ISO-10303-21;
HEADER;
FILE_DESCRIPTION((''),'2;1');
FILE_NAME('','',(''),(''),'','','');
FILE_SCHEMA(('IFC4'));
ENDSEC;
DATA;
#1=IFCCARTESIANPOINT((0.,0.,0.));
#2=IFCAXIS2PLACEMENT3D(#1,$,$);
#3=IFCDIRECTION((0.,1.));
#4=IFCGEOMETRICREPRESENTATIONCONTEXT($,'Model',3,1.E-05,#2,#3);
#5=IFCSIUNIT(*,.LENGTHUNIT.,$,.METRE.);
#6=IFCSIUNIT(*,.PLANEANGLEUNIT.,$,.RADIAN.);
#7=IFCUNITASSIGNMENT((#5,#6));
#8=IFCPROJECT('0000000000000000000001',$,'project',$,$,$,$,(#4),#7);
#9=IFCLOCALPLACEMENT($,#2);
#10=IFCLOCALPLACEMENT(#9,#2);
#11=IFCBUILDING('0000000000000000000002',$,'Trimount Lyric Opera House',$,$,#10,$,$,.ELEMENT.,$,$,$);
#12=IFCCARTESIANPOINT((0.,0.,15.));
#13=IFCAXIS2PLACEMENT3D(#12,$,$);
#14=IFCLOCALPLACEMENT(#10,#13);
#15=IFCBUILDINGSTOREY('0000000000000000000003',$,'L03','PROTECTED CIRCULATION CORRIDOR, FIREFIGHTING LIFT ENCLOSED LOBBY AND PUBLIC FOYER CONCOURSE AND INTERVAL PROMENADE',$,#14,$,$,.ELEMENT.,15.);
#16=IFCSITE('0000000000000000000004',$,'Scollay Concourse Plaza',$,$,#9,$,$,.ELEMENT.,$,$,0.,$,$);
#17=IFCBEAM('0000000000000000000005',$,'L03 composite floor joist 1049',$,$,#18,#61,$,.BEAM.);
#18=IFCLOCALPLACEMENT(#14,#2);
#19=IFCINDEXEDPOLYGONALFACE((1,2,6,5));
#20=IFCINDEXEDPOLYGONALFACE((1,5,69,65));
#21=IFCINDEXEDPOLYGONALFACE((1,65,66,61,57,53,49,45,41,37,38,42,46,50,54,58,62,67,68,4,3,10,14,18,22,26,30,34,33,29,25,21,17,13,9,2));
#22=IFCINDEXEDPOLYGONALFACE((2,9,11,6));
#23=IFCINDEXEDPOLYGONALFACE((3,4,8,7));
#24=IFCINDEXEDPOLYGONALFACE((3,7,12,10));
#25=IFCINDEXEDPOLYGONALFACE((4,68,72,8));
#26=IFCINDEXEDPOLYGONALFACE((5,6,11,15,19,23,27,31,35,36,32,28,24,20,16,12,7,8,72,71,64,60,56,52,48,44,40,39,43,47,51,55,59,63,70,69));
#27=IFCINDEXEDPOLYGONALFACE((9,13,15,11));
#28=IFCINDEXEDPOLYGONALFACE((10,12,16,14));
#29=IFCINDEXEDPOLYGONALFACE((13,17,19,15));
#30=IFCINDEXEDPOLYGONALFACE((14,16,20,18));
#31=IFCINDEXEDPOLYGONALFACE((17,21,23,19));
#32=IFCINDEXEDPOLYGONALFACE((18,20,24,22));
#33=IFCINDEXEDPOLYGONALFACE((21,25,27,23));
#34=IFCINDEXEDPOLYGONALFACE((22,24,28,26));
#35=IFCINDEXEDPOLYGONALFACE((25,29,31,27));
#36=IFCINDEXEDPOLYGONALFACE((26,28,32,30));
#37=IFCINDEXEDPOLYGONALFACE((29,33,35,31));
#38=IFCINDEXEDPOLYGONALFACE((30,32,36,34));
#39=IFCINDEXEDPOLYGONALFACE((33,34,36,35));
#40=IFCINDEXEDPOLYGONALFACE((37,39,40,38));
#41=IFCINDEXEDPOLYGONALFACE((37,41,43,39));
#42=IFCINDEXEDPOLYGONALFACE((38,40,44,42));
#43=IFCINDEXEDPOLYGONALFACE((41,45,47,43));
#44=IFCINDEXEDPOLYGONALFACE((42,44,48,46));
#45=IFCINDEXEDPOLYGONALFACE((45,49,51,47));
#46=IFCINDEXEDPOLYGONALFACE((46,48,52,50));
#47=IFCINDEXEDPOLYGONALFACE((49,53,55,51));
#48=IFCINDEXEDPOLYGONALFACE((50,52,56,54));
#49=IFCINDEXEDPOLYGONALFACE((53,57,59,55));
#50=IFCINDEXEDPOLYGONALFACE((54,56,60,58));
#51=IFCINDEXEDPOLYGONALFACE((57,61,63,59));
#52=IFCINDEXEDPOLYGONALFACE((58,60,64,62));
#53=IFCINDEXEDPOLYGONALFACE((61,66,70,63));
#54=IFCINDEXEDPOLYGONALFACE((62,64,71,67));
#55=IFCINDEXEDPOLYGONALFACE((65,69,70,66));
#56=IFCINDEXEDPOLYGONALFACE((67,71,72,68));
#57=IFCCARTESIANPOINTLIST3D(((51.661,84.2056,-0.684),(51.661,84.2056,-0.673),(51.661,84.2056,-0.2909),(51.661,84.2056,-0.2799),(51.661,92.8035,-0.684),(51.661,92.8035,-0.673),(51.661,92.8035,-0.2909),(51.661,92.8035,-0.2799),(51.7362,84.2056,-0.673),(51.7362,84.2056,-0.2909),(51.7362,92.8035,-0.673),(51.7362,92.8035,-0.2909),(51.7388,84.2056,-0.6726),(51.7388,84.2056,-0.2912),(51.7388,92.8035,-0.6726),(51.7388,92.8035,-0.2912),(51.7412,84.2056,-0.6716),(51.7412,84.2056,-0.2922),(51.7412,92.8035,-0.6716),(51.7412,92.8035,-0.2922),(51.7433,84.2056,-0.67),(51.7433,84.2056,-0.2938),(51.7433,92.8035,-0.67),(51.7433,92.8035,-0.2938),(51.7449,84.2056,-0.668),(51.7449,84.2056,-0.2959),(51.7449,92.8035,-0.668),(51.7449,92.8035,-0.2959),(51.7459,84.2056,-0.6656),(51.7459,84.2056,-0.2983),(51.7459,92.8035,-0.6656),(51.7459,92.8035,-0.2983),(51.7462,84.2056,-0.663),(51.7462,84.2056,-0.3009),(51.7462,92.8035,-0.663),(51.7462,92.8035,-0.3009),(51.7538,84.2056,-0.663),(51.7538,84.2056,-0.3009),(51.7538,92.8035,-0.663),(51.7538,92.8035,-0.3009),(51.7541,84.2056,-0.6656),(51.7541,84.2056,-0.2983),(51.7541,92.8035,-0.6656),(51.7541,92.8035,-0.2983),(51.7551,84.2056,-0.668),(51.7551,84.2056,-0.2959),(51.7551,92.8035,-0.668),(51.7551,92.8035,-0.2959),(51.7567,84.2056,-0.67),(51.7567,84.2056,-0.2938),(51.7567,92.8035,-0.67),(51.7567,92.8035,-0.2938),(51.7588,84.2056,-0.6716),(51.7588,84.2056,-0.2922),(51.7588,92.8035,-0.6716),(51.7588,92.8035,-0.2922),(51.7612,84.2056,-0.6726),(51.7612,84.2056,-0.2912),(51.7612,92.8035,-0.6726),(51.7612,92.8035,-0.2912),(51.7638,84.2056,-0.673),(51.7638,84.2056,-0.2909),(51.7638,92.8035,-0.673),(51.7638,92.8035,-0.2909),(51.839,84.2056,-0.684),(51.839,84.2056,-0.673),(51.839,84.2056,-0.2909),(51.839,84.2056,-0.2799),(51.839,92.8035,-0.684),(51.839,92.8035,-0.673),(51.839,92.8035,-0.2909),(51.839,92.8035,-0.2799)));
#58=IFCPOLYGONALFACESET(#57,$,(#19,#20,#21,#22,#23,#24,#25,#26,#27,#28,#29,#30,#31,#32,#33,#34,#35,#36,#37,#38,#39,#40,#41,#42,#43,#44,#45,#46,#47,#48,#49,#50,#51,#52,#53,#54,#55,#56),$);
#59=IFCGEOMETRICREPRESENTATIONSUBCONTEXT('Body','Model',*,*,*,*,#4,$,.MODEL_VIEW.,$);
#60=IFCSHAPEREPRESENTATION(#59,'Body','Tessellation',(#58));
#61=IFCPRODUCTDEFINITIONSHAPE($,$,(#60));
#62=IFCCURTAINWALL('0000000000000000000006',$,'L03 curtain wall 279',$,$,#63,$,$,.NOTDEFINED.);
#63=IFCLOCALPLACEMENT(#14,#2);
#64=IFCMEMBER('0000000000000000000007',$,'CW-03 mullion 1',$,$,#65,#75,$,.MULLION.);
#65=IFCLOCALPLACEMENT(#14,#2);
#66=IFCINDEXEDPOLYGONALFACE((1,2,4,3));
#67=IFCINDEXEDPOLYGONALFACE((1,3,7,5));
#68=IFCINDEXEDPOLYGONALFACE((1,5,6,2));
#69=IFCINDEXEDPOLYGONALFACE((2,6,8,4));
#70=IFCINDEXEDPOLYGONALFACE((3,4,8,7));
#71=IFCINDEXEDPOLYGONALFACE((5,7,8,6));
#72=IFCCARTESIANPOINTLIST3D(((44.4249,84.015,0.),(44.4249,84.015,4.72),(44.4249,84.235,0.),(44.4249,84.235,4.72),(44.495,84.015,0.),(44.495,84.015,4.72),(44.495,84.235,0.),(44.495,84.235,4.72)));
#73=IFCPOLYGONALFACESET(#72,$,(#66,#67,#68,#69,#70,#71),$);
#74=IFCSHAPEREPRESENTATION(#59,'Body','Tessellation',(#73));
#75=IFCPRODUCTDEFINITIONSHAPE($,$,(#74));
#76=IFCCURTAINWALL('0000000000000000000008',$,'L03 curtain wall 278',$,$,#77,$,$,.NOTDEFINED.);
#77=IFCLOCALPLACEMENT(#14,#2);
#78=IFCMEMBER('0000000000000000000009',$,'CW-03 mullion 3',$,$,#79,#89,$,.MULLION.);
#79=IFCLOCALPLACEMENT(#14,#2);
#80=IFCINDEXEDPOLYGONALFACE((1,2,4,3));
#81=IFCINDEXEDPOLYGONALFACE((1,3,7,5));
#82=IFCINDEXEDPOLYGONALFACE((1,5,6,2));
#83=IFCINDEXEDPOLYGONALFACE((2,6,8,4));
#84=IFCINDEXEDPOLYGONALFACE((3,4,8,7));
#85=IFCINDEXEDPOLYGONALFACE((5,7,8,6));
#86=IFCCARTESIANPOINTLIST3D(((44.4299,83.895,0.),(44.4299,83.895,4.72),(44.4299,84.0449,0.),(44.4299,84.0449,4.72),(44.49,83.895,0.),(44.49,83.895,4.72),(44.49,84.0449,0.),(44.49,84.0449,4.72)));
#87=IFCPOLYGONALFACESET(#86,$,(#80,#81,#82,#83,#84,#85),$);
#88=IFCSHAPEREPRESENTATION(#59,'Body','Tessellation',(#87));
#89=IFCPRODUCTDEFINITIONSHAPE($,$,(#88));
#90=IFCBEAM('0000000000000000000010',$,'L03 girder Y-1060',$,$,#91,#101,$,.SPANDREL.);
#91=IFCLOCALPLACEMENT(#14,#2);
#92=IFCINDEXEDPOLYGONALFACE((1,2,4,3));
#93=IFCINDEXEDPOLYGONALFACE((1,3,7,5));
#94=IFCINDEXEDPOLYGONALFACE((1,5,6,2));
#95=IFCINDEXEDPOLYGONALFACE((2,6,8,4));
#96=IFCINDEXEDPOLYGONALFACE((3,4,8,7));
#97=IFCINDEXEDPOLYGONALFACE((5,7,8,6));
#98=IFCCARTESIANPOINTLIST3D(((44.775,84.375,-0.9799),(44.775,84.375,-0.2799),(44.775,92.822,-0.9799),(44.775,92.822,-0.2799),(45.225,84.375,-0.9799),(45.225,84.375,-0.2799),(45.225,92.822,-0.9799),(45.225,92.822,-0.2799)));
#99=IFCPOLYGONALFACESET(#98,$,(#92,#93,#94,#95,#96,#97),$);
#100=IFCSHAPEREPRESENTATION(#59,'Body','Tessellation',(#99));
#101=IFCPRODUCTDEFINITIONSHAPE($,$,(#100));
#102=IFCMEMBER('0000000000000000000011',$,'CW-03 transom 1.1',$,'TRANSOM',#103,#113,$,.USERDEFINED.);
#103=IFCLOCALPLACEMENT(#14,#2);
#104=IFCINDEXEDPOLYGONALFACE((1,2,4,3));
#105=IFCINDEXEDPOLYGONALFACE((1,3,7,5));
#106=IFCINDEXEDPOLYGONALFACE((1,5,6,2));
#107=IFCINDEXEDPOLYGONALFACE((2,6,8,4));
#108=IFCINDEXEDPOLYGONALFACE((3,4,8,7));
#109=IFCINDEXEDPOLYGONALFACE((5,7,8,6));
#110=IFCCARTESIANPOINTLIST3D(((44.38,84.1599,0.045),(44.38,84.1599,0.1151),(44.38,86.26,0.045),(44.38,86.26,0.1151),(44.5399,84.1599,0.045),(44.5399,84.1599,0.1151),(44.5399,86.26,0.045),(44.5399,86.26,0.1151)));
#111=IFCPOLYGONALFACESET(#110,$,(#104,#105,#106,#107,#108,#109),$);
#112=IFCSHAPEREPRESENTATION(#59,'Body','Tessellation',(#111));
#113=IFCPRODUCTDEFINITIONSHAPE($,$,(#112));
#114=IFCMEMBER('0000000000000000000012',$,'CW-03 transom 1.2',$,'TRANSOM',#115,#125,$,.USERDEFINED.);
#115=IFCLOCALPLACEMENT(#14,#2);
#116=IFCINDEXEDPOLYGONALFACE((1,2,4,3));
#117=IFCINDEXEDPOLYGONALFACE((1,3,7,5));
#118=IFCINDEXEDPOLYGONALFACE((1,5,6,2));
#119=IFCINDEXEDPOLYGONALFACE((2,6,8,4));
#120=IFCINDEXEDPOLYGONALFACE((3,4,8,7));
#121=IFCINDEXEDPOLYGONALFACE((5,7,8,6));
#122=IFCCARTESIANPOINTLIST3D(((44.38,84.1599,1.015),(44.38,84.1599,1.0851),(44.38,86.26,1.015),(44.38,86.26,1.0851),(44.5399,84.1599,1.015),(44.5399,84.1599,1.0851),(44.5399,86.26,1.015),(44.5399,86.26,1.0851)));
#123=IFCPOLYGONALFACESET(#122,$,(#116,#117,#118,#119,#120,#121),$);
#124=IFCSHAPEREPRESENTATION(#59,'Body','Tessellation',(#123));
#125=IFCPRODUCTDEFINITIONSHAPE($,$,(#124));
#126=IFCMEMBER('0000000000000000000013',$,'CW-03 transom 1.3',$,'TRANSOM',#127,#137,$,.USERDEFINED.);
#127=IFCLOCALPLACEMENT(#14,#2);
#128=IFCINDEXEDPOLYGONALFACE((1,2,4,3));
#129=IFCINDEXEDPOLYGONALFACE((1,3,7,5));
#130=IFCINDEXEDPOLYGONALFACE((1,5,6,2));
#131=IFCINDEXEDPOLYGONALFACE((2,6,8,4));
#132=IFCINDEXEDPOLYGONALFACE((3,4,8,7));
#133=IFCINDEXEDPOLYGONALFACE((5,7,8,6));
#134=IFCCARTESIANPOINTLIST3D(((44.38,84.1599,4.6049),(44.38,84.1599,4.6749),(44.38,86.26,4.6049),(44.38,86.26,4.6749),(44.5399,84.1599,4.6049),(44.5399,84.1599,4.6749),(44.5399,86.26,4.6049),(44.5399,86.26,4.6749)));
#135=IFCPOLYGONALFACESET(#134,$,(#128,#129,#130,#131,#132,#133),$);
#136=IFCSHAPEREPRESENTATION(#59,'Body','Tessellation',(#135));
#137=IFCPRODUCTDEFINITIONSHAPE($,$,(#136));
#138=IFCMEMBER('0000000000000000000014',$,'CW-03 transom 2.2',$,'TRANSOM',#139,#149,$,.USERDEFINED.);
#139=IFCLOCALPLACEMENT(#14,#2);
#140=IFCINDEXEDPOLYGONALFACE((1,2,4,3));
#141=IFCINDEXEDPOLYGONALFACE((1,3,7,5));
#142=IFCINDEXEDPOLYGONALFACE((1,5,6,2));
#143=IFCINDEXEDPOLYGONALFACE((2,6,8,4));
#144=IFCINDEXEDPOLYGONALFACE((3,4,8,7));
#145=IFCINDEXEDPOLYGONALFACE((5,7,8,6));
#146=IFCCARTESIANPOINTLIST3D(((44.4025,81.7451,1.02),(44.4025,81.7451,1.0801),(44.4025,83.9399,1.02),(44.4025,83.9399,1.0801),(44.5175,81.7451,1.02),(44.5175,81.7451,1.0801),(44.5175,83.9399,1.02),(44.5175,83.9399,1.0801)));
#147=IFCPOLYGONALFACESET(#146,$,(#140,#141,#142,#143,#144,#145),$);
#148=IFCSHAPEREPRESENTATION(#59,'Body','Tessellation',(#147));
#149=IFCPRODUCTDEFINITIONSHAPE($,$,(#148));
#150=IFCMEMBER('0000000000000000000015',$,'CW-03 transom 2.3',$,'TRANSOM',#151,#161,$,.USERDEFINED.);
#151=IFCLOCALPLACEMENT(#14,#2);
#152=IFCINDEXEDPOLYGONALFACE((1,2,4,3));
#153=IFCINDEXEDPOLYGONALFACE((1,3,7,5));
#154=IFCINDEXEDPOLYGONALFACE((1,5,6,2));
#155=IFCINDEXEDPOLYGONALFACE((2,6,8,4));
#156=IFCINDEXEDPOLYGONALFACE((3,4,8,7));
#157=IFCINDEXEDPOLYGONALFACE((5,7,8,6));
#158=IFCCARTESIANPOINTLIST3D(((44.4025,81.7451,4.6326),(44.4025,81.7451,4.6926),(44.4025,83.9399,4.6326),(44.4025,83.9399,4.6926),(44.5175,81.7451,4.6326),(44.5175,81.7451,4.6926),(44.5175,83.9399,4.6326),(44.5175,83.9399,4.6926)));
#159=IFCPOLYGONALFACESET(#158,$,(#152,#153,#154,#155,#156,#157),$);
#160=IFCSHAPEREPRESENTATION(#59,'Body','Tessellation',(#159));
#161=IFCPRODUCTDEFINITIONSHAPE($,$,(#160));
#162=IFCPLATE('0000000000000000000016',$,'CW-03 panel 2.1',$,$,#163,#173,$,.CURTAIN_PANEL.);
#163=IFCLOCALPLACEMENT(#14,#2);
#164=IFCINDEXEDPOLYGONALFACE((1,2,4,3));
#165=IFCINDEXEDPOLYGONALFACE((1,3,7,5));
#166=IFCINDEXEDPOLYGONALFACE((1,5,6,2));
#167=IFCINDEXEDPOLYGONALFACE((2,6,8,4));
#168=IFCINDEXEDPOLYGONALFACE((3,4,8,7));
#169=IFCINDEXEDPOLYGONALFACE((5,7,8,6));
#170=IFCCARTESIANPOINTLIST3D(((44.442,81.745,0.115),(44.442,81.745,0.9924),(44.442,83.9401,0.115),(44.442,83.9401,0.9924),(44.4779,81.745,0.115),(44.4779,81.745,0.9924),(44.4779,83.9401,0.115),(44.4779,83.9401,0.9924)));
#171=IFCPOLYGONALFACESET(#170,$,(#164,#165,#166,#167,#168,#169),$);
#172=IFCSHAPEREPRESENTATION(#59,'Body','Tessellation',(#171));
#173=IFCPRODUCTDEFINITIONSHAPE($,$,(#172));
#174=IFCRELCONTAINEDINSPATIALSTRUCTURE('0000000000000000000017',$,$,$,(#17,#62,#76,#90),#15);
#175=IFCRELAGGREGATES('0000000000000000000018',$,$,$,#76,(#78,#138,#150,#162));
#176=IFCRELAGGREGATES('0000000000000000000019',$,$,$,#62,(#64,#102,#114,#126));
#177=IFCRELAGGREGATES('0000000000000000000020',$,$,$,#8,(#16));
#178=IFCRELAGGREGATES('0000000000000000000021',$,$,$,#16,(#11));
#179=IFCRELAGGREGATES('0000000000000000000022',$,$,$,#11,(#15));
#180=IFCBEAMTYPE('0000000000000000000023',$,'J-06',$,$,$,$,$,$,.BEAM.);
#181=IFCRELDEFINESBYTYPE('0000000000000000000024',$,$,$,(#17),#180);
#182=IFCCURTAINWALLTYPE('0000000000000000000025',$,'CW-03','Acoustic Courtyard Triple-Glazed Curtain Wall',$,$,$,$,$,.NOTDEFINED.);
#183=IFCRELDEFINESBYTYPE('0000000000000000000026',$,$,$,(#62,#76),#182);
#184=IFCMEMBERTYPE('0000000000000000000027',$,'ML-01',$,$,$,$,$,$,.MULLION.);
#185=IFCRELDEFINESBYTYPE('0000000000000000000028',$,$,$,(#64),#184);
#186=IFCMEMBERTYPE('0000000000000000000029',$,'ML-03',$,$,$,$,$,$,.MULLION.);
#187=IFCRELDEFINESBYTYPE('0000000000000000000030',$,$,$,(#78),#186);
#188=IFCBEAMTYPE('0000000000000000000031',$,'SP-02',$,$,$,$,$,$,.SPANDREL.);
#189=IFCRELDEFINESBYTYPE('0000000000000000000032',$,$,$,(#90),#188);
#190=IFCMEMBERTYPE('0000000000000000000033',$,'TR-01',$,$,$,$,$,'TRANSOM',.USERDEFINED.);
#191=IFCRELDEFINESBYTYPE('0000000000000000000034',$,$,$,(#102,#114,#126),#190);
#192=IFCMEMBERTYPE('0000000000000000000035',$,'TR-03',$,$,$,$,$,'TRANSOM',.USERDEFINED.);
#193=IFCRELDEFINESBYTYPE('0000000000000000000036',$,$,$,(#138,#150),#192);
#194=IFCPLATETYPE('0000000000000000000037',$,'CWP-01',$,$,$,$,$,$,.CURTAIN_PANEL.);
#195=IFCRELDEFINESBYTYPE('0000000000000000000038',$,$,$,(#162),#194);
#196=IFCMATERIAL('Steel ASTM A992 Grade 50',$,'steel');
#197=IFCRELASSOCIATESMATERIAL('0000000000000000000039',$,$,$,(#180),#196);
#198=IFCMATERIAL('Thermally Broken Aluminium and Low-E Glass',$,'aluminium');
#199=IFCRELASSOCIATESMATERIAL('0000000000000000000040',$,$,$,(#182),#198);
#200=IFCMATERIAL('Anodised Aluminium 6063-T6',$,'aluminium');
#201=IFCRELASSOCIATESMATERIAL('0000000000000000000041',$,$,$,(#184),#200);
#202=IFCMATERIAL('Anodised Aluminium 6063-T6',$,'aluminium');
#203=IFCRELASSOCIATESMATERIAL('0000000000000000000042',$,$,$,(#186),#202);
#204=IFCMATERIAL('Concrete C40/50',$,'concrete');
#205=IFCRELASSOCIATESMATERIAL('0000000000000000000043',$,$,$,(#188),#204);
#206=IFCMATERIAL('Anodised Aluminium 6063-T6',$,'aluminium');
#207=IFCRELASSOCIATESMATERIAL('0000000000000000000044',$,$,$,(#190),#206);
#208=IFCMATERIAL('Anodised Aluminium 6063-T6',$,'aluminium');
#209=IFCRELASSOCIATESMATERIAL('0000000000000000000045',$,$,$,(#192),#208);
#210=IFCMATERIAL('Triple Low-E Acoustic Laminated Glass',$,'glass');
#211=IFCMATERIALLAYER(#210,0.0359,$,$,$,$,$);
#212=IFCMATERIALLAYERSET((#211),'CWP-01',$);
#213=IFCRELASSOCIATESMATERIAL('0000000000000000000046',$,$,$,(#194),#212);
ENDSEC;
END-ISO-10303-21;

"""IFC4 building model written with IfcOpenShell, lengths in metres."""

from ifc_helpers import new_model, si_unit, direction, frame, origin, origin_2d, place, context, subcontext, project, spatial, rectangle, i_section, extrude, material, layer, layer_set, material_profile, profile_set, type_object, element, aggregate, save


model = new_model("IFC4")

# Units and contexts
model_context = context("Model", 3, precision=1e-05, world=origin(), true_north=direction((0.0, 1.0)))
body_context = subcontext(model_context, "Body", "Model", "MODEL_VIEW")
ifc_project = project(units=[si_unit("LENGTHUNIT", "METRE"), si_unit("PLANEANGLEUNIT", "RADIAN")], contexts=[model_context])

# Site, building, storey
site_placement = place(None, origin())
site = spatial("IfcSite", under=ifc_project, at=site_placement, Name="Scollay Concourse Plaza", CompositionType="ELEMENT", RefElevation=0.0)
building_placement = place(site_placement, origin())
building = spatial("IfcBuilding", under=site, at=building_placement, Name="Trimount Lyric Opera House", CompositionType="ELEMENT")
storey_placement = place(building_placement, frame((0.0, 0.0, 15.0)))
storey = spatial("IfcBuildingStorey", under=building, at=storey_placement, Name="L03", Description="PROTECTED CIRCULATION CORRIDOR, FIREFIGHTING LIFT ENCLOSED LOBBY AND PUBLIC FOYER CONCOURSE AND INTERVAL PROMENADE", CompositionType="ELEMENT", Elevation=15.0)

# Beam
ifc_material_1 = material(Name="Steel ASTM A992 Grade 50", Category="steel")
ifc_material_profile_1 = material_profile(ifc_material_1, i_section(OverallWidth=0.178, OverallDepth=0.4041, WebThickness=0.0076, FlangeThickness=0.011, FilletRadius=0.01, at=origin_2d()), Name="W16X36")
ifc_profile_set_1 = profile_set([ifc_material_profile_1], Name="Steel ASTM A992 Grade 50")
beam_type_1 = type_object("IfcBeamType", Name="J-06", PredefinedType="BEAM", material=ifc_profile_set_1)
beam_1_placement = place(storey_placement, frame((51.75, 84.2056, -0.4819), z_axis=(0.0, 1.0, 0.0), x_axis=(-1.0, 0.0, 0.0)))
element("IfcBeam", 1, at=beam_1_placement, inside=storey, type_object=beam_type_1, Name="L03 composite floor joist 1049", PredefinedType="BEAM", context=body_context, shape_type="SweptSolid", body=[
    extrude(i_section(OverallWidth=0.178, OverallDepth=0.4041, WebThickness=0.0076, FlangeThickness=0.011, FilletRadius=0.01, at=origin_2d()), origin(), (0.0, 0.0, 1.0), 8.5979),
])

# Curtain walls, members
ifc_material_2 = material(Name="Thermally Broken Aluminium and Low-E Glass", Category="aluminium")
curtain_wall_type = type_object("IfcCurtainWallType", Name="CW-03", Description="Acoustic Courtyard Triple-Glazed Curtain Wall", PredefinedType="NOTDEFINED", material=ifc_material_2)
curtain_wall_1_placement = place(storey_placement, origin())
curtain_wall_1 = element("IfcCurtainWall", 2, at=curtain_wall_1_placement, inside=storey, type_object=curtain_wall_type, Name="L03 curtain wall 279", PredefinedType="NOTDEFINED")
ifc_material_3 = material(Name="Anodised Aluminium 6063-T6", Category="aluminium")
ifc_material_profile_2 = material_profile(ifc_material_3, rectangle(XDim=0.0701, YDim=0.22, at=origin_2d()), Name="ALU-MULL-70X220")
ifc_profile_set_2 = profile_set([ifc_material_profile_2], Name="Anodised Aluminium 6063-T6")
member_type_1 = type_object("IfcMemberType", Name="ML-01", PredefinedType="MULLION", material=ifc_profile_set_2)
member_1_placement = place(storey_placement, frame((44.46, 84.125, 0.0), z_axis=(0.0, 0.0, 1.0), x_axis=(-1.0, 0.0, 0.0)))
member_1 = element("IfcMember", 3, at=member_1_placement, type_object=member_type_1, Name="CW-03 mullion 1", PredefinedType="MULLION", context=body_context, shape_type="SweptSolid", body=[
    extrude(rectangle(XDim=0.0701, YDim=0.22, at=origin_2d()), origin(), (0.0, 0.0, 1.0), 4.72),
])
curtain_wall_2_placement = place(storey_placement, origin())
curtain_wall_2 = element("IfcCurtainWall", 4, at=curtain_wall_2_placement, inside=storey, type_object=curtain_wall_type, Name="L03 curtain wall 278", PredefinedType="NOTDEFINED")
ifc_material_4 = material(Name="Anodised Aluminium 6063-T6", Category="aluminium")
ifc_material_profile_3 = material_profile(ifc_material_4, rectangle(XDim=0.0601, YDim=0.1499, at=origin_2d()), Name="ALU-MULL-60X150")
ifc_profile_set_3 = profile_set([ifc_material_profile_3], Name="Anodised Aluminium 6063-T6")
member_type_2 = type_object("IfcMemberType", Name="ML-03", PredefinedType="MULLION", material=ifc_profile_set_3)
member_2_placement = place(storey_placement, frame((44.46, 83.97, 0.0), z_axis=(0.0, 0.0, 1.0), x_axis=(-1.0, 0.0, 0.0)))
member_2 = element("IfcMember", 5, at=member_2_placement, type_object=member_type_2, Name="CW-03 mullion 3", PredefinedType="MULLION", context=body_context, shape_type="SweptSolid", body=[
    extrude(rectangle(XDim=0.0601, YDim=0.1499, at=origin_2d()), origin(), (0.0, 0.0, 1.0), 4.72),
])

# Beam
ifc_material_5 = material(Name="Concrete C40/50", Category="concrete")
ifc_material_profile_4 = material_profile(ifc_material_5, rectangle(XDim=0.45, YDim=0.7, at=origin_2d()), Name="RC450X700")
ifc_profile_set_4 = profile_set([ifc_material_profile_4], Name="Concrete C40/50")
beam_type_2 = type_object("IfcBeamType", Name="SP-02", PredefinedType="SPANDREL", material=ifc_profile_set_4)
beam_2_placement = place(storey_placement, frame((45.0, 84.375, -0.6299), z_axis=(0.0, 1.0, 0.0), x_axis=(-1.0, 0.0, 0.0)))
element("IfcBeam", 6, at=beam_2_placement, inside=storey, type_object=beam_type_2, Name="L03 girder Y-1060", PredefinedType="SPANDREL", context=body_context, shape_type="SweptSolid", body=[
    extrude(rectangle(XDim=0.45, YDim=0.7, at=origin_2d()), origin(), (0.0, 0.0, 1.0), 8.447),
])

# Members
ifc_material_6 = material(Name="Anodised Aluminium 6063-T6", Category="aluminium")
ifc_material_profile_5 = material_profile(ifc_material_6, rectangle(XDim=0.1599, YDim=0.0701, at=origin_2d()), Name="ALU-TRAN-70X160")
ifc_profile_set_5 = profile_set([ifc_material_profile_5], Name="Anodised Aluminium 6063-T6")
member_type_3 = type_object("IfcMemberType", Name="TR-01", ElementType="TRANSOM", PredefinedType="USERDEFINED", material=ifc_profile_set_5)
member_3_placement = place(storey_placement, frame((44.46, 84.1599, 0.0801), z_axis=(0.0, 1.0, 0.0), x_axis=(-1.0, 0.0, 0.0)))
member_3 = element("IfcMember", 7, at=member_3_placement, type_object=member_type_3, Name="CW-03 transom 1.1", ObjectType="TRANSOM", PredefinedType="USERDEFINED", context=body_context, shape_type="SweptSolid", body=[
    extrude(rectangle(XDim=0.1599, YDim=0.0701, at=origin_2d()), origin(), (0.0, 0.0, 1.0), 2.1001),
])
member_4_placement = place(storey_placement, frame((44.46, 84.1599, 1.05), z_axis=(0.0, 1.0, 0.0), x_axis=(-1.0, 0.0, 0.0)))
member_4 = element("IfcMember", 8, at=member_4_placement, type_object=member_type_3, Name="CW-03 transom 1.2", ObjectType="TRANSOM", PredefinedType="USERDEFINED", context=body_context, shape_type="SweptSolid", body=[
    extrude(rectangle(XDim=0.1599, YDim=0.0701, at=origin_2d()), origin(), (0.0, 0.0, 1.0), 2.1001),
])
member_5_placement = place(storey_placement, frame((44.46, 84.1599, 4.6399), z_axis=(0.0, 1.0, 0.0), x_axis=(-1.0, 0.0, 0.0)))
member_5 = element("IfcMember", 9, at=member_5_placement, type_object=member_type_3, Name="CW-03 transom 1.3", ObjectType="TRANSOM", PredefinedType="USERDEFINED", context=body_context, shape_type="SweptSolid", body=[
    extrude(rectangle(XDim=0.1599, YDim=0.0701, at=origin_2d()), origin(), (0.0, 0.0, 1.0), 2.1001),
])
ifc_material_7 = material(Name="Anodised Aluminium 6063-T6", Category="aluminium")
ifc_material_profile_6 = material_profile(ifc_material_7, rectangle(XDim=0.115, YDim=0.0601, at=origin_2d()), Name="ALU-TRAN-60X115")
ifc_profile_set_6 = profile_set([ifc_material_profile_6], Name="Anodised Aluminium 6063-T6")
member_type_4 = type_object("IfcMemberType", Name="TR-03", ElementType="TRANSOM", PredefinedType="USERDEFINED", material=ifc_profile_set_6)
member_6_placement = place(storey_placement, frame((44.46, 81.7451, 1.05), z_axis=(0.0, 1.0, 0.0), x_axis=(-1.0, 0.0, 0.0)))
member_6 = element("IfcMember", 10, at=member_6_placement, type_object=member_type_4, Name="CW-03 transom 2.2", ObjectType="TRANSOM", PredefinedType="USERDEFINED", context=body_context, shape_type="SweptSolid", body=[
    extrude(rectangle(XDim=0.115, YDim=0.0601, at=origin_2d()), origin(), (0.0, 0.0, 1.0), 2.1948),
])
member_7_placement = place(storey_placement, frame((44.46, 81.7451, 4.6626), z_axis=(0.0, 1.0, 0.0), x_axis=(-1.0, 0.0, 0.0)))
member_7 = element("IfcMember", 11, at=member_7_placement, type_object=member_type_4, Name="CW-03 transom 2.3", ObjectType="TRANSOM", PredefinedType="USERDEFINED", context=body_context, shape_type="SweptSolid", body=[
    extrude(rectangle(XDim=0.115, YDim=0.0601, at=origin_2d()), origin(), (0.0, 0.0, 1.0), 2.1948),
])

# Plate
ifc_material_8 = material(Name="Triple Low-E Acoustic Laminated Glass", Category="glass")
ifc_layer_1 = layer(ifc_material_8, 0.0359)
ifc_layer_set_1 = layer_set([ifc_layer_1], Name="CWP-01")
plate_type_1 = type_object("IfcPlateType", Name="CWP-01", PredefinedType="CURTAIN_PANEL", material=ifc_layer_set_1)
plate_1_placement = place(storey_placement, frame((44.46, 82.8425, 0.115), z_axis=(0.0, 0.0, 1.0), x_axis=(0.0, 1.0, 0.0)))
plate_1 = element("IfcPlate", 12, at=plate_1_placement, type_object=plate_type_1, Name="CW-03 panel 2.1", PredefinedType="CURTAIN_PANEL", context=body_context, shape_type="SweptSolid", body=[
    extrude(rectangle(XDim=2.1951, YDim=0.0359, at=origin_2d()), origin(), (0.0, 0.0, 1.0), 0.8774),
])
aggregate(curtain_wall_2, [member_2, member_6, member_7, plate_1])
aggregate(curtain_wall_1, [member_1, member_3, member_4, member_5])

save(model, "model.ifc")
